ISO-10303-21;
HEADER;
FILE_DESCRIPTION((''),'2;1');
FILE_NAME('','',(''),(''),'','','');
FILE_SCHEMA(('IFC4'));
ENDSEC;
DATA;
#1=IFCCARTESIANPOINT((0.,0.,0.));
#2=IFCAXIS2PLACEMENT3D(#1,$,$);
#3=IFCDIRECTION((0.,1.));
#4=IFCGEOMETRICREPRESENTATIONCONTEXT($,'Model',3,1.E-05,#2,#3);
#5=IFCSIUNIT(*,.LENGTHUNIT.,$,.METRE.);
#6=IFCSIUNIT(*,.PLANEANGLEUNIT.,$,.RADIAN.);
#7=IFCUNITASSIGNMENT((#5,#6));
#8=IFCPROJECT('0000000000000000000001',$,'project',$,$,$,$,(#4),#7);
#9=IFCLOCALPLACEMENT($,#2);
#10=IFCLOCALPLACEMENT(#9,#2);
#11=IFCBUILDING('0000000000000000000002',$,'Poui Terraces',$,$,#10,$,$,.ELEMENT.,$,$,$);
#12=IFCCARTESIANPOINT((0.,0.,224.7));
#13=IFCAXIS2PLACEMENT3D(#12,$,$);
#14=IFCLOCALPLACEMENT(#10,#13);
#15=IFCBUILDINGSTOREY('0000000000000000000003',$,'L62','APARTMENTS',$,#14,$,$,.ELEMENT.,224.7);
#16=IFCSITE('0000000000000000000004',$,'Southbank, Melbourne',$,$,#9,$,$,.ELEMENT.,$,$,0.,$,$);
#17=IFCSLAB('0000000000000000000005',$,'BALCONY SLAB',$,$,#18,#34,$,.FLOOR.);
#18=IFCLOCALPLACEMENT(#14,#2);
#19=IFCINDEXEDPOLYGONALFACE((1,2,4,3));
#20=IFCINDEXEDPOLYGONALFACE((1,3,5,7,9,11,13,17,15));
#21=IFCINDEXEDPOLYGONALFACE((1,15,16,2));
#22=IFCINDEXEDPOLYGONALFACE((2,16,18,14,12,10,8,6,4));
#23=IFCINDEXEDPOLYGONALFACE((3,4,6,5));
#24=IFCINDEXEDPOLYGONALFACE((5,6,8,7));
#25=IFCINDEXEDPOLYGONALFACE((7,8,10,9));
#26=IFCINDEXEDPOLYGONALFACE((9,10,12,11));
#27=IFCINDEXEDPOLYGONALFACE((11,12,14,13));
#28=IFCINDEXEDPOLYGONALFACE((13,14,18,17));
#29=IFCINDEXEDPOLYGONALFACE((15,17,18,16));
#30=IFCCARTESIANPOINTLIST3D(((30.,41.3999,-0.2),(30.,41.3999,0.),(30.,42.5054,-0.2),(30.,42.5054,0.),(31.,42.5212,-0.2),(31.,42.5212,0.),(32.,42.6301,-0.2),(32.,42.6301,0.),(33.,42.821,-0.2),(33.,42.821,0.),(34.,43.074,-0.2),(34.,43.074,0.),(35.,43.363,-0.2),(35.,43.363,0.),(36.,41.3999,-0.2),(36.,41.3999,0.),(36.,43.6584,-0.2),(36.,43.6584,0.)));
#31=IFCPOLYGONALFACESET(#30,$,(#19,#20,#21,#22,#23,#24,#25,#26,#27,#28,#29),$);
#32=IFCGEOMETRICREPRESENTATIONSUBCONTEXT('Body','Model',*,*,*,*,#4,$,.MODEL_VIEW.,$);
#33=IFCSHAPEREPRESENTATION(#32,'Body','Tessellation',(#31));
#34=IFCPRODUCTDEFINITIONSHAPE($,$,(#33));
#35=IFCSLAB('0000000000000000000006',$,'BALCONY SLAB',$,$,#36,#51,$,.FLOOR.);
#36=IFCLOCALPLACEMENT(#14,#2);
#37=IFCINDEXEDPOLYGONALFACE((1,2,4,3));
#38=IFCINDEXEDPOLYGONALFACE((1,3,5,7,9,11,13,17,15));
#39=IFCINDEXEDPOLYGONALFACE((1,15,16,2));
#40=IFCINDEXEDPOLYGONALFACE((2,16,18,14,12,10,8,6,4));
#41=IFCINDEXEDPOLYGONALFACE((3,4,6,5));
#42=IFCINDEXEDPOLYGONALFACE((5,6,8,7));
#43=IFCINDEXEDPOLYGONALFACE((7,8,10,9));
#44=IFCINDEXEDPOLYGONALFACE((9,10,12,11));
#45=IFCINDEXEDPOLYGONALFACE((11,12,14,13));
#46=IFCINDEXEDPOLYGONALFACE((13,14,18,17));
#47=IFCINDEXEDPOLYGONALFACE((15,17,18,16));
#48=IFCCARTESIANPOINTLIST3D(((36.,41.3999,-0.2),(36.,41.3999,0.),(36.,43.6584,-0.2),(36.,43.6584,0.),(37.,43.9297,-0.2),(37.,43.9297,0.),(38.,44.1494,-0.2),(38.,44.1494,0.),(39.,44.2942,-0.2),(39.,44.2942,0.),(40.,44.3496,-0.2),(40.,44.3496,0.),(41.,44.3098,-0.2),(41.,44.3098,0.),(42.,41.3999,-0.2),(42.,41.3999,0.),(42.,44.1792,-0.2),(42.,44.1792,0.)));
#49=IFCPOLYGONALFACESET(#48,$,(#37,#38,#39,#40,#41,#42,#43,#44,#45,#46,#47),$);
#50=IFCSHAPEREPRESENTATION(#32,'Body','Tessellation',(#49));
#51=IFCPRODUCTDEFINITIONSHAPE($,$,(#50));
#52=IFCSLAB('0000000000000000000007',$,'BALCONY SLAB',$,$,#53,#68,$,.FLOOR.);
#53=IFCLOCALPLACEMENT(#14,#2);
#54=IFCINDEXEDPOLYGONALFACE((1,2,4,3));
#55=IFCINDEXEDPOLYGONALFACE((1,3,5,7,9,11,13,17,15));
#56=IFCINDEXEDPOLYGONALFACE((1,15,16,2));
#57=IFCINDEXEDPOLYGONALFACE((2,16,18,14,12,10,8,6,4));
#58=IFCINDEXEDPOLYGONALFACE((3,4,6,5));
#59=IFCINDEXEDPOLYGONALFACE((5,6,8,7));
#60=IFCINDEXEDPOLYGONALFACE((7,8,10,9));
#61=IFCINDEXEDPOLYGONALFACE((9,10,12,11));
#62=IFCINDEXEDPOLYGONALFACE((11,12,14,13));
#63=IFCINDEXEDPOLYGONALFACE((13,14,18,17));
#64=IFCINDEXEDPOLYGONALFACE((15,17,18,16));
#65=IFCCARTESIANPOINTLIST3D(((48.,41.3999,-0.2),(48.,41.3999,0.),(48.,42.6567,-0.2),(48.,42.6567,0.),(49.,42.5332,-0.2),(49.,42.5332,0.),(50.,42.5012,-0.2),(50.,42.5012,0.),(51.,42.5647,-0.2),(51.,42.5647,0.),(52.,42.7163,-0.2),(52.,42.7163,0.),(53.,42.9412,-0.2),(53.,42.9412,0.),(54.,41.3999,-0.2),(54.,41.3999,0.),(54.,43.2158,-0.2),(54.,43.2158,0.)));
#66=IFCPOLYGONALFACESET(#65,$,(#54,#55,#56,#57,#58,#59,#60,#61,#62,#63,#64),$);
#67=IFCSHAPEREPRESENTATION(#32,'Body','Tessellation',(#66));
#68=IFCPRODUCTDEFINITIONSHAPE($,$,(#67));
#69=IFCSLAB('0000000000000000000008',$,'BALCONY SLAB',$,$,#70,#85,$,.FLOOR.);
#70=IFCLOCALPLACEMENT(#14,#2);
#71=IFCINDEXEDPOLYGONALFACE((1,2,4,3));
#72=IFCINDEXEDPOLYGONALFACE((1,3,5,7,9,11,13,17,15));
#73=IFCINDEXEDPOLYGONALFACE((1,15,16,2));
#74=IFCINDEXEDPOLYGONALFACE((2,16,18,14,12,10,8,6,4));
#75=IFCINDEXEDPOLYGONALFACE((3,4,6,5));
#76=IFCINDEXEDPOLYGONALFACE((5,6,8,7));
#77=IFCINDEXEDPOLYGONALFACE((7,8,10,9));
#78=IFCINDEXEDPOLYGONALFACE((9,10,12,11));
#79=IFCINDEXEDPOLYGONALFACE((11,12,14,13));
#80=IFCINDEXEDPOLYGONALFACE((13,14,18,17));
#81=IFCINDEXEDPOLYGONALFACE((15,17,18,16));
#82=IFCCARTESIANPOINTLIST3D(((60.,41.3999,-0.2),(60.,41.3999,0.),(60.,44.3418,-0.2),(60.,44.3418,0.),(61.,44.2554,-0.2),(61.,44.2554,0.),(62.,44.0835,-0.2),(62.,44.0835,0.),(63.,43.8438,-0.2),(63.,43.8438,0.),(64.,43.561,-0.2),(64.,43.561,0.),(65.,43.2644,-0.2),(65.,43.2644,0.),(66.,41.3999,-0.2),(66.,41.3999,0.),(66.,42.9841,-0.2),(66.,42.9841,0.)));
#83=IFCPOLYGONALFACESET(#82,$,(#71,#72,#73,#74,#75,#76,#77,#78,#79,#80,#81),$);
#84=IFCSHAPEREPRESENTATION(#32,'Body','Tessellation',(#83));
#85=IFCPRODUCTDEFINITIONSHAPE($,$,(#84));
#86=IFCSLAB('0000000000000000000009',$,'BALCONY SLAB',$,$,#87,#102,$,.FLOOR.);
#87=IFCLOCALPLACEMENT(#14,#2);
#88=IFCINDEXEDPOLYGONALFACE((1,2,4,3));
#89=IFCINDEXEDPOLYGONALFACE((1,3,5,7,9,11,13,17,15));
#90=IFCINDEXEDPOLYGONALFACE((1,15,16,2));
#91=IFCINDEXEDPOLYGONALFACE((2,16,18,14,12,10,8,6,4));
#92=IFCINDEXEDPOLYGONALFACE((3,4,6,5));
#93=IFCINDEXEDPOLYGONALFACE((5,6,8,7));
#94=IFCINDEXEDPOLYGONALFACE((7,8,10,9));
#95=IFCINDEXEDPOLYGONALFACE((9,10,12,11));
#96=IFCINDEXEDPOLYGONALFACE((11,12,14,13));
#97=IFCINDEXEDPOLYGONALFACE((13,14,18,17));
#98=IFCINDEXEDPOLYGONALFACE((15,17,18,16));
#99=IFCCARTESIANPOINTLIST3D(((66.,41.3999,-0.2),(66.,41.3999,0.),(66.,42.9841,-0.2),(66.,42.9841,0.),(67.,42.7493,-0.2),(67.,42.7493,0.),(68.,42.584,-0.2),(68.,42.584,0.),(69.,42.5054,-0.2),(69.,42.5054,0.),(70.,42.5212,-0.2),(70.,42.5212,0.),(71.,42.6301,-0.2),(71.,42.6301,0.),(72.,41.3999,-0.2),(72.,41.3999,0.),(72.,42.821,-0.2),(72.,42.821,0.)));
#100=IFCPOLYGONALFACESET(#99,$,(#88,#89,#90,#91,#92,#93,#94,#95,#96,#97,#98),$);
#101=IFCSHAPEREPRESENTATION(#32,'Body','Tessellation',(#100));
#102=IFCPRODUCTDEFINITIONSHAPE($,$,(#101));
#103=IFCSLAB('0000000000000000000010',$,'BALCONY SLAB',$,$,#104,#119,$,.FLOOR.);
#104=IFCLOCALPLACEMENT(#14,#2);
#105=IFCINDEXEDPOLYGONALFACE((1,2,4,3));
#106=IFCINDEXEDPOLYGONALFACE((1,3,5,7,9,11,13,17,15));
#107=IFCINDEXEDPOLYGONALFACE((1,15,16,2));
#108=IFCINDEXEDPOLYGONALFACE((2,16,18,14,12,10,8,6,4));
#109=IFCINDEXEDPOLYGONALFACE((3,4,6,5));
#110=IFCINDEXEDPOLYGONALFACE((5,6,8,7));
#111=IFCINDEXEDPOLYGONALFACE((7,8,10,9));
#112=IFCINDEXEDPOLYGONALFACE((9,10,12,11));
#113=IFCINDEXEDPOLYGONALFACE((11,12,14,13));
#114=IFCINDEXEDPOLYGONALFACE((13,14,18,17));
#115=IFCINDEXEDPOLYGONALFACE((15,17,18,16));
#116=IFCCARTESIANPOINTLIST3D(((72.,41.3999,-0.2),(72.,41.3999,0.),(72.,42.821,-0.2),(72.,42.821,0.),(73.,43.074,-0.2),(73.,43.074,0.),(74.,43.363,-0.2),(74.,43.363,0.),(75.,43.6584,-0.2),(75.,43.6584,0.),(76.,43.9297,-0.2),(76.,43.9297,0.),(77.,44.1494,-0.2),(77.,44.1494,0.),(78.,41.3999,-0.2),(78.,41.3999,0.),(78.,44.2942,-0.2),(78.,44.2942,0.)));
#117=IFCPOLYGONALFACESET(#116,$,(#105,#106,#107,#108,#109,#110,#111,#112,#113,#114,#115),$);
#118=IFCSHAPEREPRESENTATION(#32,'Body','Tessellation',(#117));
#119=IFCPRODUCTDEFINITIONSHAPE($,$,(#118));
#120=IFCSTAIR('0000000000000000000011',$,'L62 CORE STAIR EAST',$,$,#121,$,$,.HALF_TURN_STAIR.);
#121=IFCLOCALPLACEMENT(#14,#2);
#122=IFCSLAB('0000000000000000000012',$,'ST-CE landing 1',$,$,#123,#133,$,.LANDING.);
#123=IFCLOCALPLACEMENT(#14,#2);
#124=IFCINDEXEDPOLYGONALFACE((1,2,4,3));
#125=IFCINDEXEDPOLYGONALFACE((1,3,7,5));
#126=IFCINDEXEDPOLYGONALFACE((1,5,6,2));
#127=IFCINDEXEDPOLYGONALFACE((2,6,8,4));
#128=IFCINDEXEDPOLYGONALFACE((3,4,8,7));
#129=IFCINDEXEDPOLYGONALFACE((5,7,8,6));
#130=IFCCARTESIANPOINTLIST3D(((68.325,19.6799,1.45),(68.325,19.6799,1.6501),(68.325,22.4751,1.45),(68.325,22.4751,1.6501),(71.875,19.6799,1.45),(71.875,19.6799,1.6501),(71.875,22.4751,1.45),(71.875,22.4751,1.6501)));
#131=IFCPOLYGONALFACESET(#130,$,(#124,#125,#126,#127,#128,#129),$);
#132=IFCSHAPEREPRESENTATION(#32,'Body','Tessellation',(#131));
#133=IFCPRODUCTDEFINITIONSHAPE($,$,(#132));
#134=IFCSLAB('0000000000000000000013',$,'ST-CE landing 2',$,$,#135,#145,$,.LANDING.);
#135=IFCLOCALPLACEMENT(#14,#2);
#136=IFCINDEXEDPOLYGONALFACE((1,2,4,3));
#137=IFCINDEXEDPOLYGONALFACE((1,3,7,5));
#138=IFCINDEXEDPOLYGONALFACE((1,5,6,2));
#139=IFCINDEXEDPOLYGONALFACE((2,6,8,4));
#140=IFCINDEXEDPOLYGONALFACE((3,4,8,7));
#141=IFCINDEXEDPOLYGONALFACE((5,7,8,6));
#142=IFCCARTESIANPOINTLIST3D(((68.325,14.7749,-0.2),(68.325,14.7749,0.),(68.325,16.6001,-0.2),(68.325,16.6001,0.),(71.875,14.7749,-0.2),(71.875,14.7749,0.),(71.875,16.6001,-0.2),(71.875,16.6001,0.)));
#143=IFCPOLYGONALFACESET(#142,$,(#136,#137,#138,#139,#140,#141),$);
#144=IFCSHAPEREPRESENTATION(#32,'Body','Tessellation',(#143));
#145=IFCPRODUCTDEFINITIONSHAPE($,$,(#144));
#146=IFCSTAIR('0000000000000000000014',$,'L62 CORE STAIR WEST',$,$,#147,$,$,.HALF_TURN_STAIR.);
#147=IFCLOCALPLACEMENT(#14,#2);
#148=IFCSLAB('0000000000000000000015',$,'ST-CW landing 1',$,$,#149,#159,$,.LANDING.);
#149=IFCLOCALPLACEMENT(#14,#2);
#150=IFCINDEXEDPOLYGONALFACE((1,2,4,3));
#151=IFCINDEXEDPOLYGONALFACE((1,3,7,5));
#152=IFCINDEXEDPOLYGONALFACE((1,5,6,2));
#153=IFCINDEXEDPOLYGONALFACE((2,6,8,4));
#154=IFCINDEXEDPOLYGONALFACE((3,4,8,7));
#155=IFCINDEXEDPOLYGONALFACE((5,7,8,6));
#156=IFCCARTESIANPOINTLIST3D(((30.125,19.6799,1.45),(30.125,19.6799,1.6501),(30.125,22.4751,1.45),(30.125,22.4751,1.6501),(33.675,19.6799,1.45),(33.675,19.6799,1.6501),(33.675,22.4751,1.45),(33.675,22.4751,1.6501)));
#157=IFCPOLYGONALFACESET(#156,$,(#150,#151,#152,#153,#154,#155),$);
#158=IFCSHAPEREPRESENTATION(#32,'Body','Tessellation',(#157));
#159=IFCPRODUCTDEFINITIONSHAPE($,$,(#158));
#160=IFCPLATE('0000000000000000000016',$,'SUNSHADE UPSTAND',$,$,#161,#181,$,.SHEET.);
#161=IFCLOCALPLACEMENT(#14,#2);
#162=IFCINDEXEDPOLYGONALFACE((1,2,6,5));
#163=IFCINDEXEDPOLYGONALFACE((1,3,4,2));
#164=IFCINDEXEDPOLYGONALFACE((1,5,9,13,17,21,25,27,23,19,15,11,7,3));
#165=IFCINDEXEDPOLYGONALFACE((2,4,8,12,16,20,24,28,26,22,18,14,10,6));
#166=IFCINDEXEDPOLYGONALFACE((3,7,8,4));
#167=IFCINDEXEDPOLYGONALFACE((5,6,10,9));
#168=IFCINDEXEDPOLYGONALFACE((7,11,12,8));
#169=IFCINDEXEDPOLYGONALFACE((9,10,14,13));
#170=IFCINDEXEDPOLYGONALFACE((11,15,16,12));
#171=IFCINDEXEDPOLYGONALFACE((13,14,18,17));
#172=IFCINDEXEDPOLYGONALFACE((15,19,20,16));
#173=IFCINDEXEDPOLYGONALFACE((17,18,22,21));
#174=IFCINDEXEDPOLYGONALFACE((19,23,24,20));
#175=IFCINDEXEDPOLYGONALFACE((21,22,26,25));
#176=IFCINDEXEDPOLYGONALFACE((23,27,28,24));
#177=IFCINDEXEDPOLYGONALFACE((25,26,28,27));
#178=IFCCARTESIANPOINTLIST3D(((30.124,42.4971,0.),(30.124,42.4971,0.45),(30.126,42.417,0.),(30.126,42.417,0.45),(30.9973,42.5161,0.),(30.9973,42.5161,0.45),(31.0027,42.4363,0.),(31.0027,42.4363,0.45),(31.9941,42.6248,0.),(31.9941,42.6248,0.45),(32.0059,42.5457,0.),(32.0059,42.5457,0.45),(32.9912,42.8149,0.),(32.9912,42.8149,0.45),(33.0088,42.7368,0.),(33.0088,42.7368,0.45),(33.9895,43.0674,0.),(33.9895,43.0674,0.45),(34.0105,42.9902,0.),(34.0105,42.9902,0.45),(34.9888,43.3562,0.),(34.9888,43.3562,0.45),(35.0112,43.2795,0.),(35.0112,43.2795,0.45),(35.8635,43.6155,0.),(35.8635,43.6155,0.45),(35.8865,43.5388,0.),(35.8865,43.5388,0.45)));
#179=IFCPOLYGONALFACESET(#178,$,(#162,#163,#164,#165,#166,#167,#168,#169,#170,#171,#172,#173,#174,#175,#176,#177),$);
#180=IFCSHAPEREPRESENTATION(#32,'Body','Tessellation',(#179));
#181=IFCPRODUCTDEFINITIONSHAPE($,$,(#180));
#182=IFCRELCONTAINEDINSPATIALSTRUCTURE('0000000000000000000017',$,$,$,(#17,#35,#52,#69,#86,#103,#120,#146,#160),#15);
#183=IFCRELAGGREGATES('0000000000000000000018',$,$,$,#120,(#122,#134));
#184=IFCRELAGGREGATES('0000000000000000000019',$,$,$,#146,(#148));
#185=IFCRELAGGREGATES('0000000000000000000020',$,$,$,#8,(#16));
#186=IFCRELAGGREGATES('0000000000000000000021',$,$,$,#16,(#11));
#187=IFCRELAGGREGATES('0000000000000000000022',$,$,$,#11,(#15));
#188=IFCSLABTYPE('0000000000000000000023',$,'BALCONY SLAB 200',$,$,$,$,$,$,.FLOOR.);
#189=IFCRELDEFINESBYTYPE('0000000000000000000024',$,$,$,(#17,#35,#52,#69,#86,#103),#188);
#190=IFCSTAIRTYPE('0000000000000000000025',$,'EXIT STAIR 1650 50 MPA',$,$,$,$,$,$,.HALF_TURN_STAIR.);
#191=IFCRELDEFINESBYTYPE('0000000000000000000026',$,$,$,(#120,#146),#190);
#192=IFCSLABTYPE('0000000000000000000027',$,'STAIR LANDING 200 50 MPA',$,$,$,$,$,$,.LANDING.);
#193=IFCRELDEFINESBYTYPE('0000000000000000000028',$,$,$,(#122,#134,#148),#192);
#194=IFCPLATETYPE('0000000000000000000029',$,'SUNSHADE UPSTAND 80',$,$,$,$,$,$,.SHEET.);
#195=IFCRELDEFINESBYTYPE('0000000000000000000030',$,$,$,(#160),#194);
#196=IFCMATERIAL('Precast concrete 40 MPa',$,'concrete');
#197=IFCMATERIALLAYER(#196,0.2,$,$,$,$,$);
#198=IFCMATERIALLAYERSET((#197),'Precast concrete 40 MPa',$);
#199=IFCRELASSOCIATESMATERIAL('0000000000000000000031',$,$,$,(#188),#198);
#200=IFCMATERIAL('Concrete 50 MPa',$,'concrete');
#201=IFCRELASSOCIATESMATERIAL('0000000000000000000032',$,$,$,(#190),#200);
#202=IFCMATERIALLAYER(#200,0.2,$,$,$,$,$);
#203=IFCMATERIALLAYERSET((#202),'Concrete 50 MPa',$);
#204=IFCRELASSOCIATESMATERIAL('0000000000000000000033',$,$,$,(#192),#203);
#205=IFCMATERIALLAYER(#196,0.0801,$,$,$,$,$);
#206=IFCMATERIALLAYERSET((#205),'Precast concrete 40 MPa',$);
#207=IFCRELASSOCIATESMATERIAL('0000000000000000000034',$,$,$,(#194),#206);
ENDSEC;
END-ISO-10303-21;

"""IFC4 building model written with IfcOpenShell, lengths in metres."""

from ifc_helpers import new_model, si_unit, direction, frame, origin, place, context, subcontext, project, spatial, polyline, outline, extrude, material, layer, layer_set, type_object, element, aggregate, save


model = new_model("IFC4")

# Units and contexts
model_context = context("Model", 3, precision=1e-05, world=origin(), true_north=direction((0.0, 1.0)))
body_context = subcontext(model_context, "Body", "Model", "MODEL_VIEW")
ifc_project = project(units=[si_unit("LENGTHUNIT", "METRE"), si_unit("PLANEANGLEUNIT", "RADIAN")], contexts=[model_context])

# Site, building, storey
site_placement = place(None, origin())
site = spatial("IfcSite", under=ifc_project, at=site_placement, Name="Southbank, Melbourne", CompositionType="ELEMENT", RefElevation=0.0)
building_placement = place(site_placement, origin())
building = spatial("IfcBuilding", under=site, at=building_placement, Name="Poui Terraces", CompositionType="ELEMENT")
storey_placement = place(building_placement, frame((0.0, 0.0, 224.7)))
storey = spatial("IfcBuildingStorey", under=building, at=storey_placement, Name="L62", Description="APARTMENTS", CompositionType="ELEMENT", Elevation=224.7)

# Slabs
ifc_material_1 = material(Name="Precast concrete 40 MPa", Category="concrete")
ifc_layer_1 = layer(ifc_material_1, 0.2)
ifc_layer_set_1 = layer_set([ifc_layer_1], Name="Precast concrete 40 MPa")
slab_type_1 = type_object("IfcSlabType", Name="BALCONY SLAB 200", PredefinedType="FLOOR", material=ifc_layer_set_1)
slab_1_placement = place(storey_placement, frame((0.0, 0.0, -0.2)))
element("IfcSlab", 1, at=slab_1_placement, inside=storey, type_object=slab_type_1, Name="BALCONY SLAB", PredefinedType="FLOOR", context=body_context, shape_type="SweptSolid", body=[
    extrude(outline(polyline([(30.0, 41.3999), (36.0, 41.3999), (36.0, 43.6584), (35.0, 43.363), (34.0, 43.074), (33.0, 42.821), (32.0, 42.6301), (31.0, 42.5212), (30.0, 42.5054), (30.0, 41.3999)])), origin(), (0.0, 0.0, 1.0), 0.2),
])
slab_2_placement = place(storey_placement, frame((0.0, 0.0, -0.2)))
element("IfcSlab", 2, at=slab_2_placement, inside=storey, type_object=slab_type_1, Name="BALCONY SLAB", PredefinedType="FLOOR", context=body_context, shape_type="SweptSolid", body=[
    extrude(outline(polyline([(36.0, 41.3999), (42.0, 41.3999), (42.0, 44.1792), (41.0, 44.3098), (40.0, 44.3496), (39.0, 44.2942), (38.0, 44.1494), (37.0, 43.9297), (36.0, 43.6584), (36.0, 41.3999)])), origin(), (0.0, 0.0, 1.0), 0.2),
])
slab_3_placement = place(storey_placement, frame((0.0, 0.0, -0.2)))
element("IfcSlab", 3, at=slab_3_placement, inside=storey, type_object=slab_type_1, Name="BALCONY SLAB", PredefinedType="FLOOR", context=body_context, shape_type="SweptSolid", body=[
    extrude(outline(polyline([(48.0, 41.3999), (54.0, 41.3999), (54.0, 43.2158), (53.0, 42.9412), (52.0, 42.7163), (51.0, 42.5647), (50.0, 42.5012), (49.0, 42.5332), (48.0, 42.6567), (48.0, 41.3999)])), origin(), (0.0, 0.0, 1.0), 0.2),
])
slab_4_placement = place(storey_placement, frame((0.0, 0.0, -0.2)))
element("IfcSlab", 4, at=slab_4_placement, inside=storey, type_object=slab_type_1, Name="BALCONY SLAB", PredefinedType="FLOOR", context=body_context, shape_type="SweptSolid", body=[
    extrude(outline(polyline([(60.0, 41.3999), (66.0, 41.3999), (66.0, 42.9841), (65.0, 43.2644), (64.0, 43.561), (63.0, 43.8438), (62.0, 44.0835), (61.0, 44.2554), (60.0, 44.3418), (60.0, 41.3999)])), origin(), (0.0, 0.0, 1.0), 0.2),
])
slab_5_placement = place(storey_placement, frame((0.0, 0.0, -0.2)))
element("IfcSlab", 5, at=slab_5_placement, inside=storey, type_object=slab_type_1, Name="BALCONY SLAB", PredefinedType="FLOOR", context=body_context, shape_type="SweptSolid", body=[
    extrude(outline(polyline([(66.0, 41.3999), (72.0, 41.3999), (72.0, 42.821), (71.0, 42.6301), (70.0, 42.5212), (69.0, 42.5054), (68.0, 42.584), (67.0, 42.7493), (66.0, 42.9841), (66.0, 41.3999)])), origin(), (0.0, 0.0, 1.0), 0.2),
])
slab_6_placement = place(storey_placement, frame((0.0, 0.0, -0.2)))
element("IfcSlab", 6, at=slab_6_placement, inside=storey, type_object=slab_type_1, Name="BALCONY SLAB", PredefinedType="FLOOR", context=body_context, shape_type="SweptSolid", body=[
    extrude(outline(polyline([(72.0, 41.3999), (78.0, 41.3999), (78.0, 44.2942), (77.0, 44.1494), (76.0, 43.9297), (75.0, 43.6584), (74.0, 43.363), (73.0, 43.074), (72.0, 42.821), (72.0, 41.3999)])), origin(), (0.0, 0.0, 1.0), 0.2),
])

# Stair, slabs
ifc_material_2 = material(Name="Concrete 50 MPa", Category="concrete")
stair_type = type_object("IfcStairType", Name="EXIT STAIR 1650 50 MPA", PredefinedType="HALF_TURN_STAIR", material=ifc_material_2)
stair_1_placement = place(storey_placement, origin())
stair_1 = element("IfcStair", 7, at=stair_1_placement, inside=storey, type_object=stair_type, Name="L62 CORE STAIR EAST", PredefinedType="HALF_TURN_STAIR")
ifc_layer_2 = layer(ifc_material_2, 0.2)
ifc_layer_set_2 = layer_set([ifc_layer_2], Name="Concrete 50 MPa")
slab_type_2 = type_object("IfcSlabType", Name="STAIR LANDING 200 50 MPA", PredefinedType="LANDING", material=ifc_layer_set_2)
slab_7_placement = place(storey_placement, frame((0.0, 0.0, 1.45)))
slab_7 = element("IfcSlab", 8, at=slab_7_placement, type_object=slab_type_2, Name="ST-CE landing 1", PredefinedType="LANDING", context=body_context, shape_type="SweptSolid", body=[
    extrude(outline(polyline([(68.325, 19.6799), (71.875, 19.6799), (71.875, 22.4751), (68.325, 22.4751), (68.325, 19.6799)])), origin(), (0.0, 0.0, 1.0), 0.2002),
])
slab_8_placement = place(storey_placement, frame((0.0, 0.0, -0.2)))
slab_8 = element("IfcSlab", 9, at=slab_8_placement, type_object=slab_type_2, Name="ST-CE landing 2", PredefinedType="LANDING", context=body_context, shape_type="SweptSolid", body=[
    extrude(outline(polyline([(68.325, 14.7749), (71.875, 14.7749), (71.875, 16.6001), (68.325, 16.6001), (68.325, 14.7749)])), origin(), (0.0, 0.0, 1.0), 0.2),
])
aggregate(stair_1, [slab_7, slab_8])

# Stair, slab
stair_2_placement = place(storey_placement, origin())
stair_2 = element("IfcStair", 10, at=stair_2_placement, inside=storey, type_object=stair_type, Name="L62 CORE STAIR WEST", PredefinedType="HALF_TURN_STAIR")
slab_9_placement = place(storey_placement, frame((0.0, 0.0, 1.45)))
slab_9 = element("IfcSlab", 11, at=slab_9_placement, type_object=slab_type_2, Name="ST-CW landing 1", PredefinedType="LANDING", context=body_context, shape_type="SweptSolid", body=[
    extrude(outline(polyline([(30.125, 19.6799), (33.675, 19.6799), (33.675, 22.4751), (30.125, 22.4751), (30.125, 19.6799)])), origin(), (0.0, 0.0, 1.0), 0.2002),
])
aggregate(stair_2, [slab_9])

# Plate
ifc_layer_3 = layer(ifc_material_1, 0.0801)
ifc_layer_set_3 = layer_set([ifc_layer_3], Name="Precast concrete 40 MPa")
plate_type = type_object("IfcPlateType", Name="SUNSHADE UPSTAND 80", PredefinedType="SHEET", material=ifc_layer_set_3)
plate_1_placement = place(storey_placement, origin())
element("IfcPlate", 12, at=plate_1_placement, inside=storey, type_object=plate_type, Name="SUNSHADE UPSTAND", PredefinedType="SHEET", context=body_context, shape_type="SweptSolid", body=[
    extrude(outline(polyline([(30.9973, 42.5161), (30.124, 42.4971), (30.126, 42.417), (31.0027, 42.4363), (32.0059, 42.5457), (33.0088, 42.7368), (34.0105, 42.9902), (35.0112, 43.2795), (35.8865, 43.5388), (35.8635, 43.6155), (34.9888, 43.3562), (33.9895, 43.0674), (32.9912, 42.8149), (31.9941, 42.6248), (30.9973, 42.5161)])), origin(), (0.0, 0.0, 1.0), 0.45),
])

save(model, "model.ifc")
